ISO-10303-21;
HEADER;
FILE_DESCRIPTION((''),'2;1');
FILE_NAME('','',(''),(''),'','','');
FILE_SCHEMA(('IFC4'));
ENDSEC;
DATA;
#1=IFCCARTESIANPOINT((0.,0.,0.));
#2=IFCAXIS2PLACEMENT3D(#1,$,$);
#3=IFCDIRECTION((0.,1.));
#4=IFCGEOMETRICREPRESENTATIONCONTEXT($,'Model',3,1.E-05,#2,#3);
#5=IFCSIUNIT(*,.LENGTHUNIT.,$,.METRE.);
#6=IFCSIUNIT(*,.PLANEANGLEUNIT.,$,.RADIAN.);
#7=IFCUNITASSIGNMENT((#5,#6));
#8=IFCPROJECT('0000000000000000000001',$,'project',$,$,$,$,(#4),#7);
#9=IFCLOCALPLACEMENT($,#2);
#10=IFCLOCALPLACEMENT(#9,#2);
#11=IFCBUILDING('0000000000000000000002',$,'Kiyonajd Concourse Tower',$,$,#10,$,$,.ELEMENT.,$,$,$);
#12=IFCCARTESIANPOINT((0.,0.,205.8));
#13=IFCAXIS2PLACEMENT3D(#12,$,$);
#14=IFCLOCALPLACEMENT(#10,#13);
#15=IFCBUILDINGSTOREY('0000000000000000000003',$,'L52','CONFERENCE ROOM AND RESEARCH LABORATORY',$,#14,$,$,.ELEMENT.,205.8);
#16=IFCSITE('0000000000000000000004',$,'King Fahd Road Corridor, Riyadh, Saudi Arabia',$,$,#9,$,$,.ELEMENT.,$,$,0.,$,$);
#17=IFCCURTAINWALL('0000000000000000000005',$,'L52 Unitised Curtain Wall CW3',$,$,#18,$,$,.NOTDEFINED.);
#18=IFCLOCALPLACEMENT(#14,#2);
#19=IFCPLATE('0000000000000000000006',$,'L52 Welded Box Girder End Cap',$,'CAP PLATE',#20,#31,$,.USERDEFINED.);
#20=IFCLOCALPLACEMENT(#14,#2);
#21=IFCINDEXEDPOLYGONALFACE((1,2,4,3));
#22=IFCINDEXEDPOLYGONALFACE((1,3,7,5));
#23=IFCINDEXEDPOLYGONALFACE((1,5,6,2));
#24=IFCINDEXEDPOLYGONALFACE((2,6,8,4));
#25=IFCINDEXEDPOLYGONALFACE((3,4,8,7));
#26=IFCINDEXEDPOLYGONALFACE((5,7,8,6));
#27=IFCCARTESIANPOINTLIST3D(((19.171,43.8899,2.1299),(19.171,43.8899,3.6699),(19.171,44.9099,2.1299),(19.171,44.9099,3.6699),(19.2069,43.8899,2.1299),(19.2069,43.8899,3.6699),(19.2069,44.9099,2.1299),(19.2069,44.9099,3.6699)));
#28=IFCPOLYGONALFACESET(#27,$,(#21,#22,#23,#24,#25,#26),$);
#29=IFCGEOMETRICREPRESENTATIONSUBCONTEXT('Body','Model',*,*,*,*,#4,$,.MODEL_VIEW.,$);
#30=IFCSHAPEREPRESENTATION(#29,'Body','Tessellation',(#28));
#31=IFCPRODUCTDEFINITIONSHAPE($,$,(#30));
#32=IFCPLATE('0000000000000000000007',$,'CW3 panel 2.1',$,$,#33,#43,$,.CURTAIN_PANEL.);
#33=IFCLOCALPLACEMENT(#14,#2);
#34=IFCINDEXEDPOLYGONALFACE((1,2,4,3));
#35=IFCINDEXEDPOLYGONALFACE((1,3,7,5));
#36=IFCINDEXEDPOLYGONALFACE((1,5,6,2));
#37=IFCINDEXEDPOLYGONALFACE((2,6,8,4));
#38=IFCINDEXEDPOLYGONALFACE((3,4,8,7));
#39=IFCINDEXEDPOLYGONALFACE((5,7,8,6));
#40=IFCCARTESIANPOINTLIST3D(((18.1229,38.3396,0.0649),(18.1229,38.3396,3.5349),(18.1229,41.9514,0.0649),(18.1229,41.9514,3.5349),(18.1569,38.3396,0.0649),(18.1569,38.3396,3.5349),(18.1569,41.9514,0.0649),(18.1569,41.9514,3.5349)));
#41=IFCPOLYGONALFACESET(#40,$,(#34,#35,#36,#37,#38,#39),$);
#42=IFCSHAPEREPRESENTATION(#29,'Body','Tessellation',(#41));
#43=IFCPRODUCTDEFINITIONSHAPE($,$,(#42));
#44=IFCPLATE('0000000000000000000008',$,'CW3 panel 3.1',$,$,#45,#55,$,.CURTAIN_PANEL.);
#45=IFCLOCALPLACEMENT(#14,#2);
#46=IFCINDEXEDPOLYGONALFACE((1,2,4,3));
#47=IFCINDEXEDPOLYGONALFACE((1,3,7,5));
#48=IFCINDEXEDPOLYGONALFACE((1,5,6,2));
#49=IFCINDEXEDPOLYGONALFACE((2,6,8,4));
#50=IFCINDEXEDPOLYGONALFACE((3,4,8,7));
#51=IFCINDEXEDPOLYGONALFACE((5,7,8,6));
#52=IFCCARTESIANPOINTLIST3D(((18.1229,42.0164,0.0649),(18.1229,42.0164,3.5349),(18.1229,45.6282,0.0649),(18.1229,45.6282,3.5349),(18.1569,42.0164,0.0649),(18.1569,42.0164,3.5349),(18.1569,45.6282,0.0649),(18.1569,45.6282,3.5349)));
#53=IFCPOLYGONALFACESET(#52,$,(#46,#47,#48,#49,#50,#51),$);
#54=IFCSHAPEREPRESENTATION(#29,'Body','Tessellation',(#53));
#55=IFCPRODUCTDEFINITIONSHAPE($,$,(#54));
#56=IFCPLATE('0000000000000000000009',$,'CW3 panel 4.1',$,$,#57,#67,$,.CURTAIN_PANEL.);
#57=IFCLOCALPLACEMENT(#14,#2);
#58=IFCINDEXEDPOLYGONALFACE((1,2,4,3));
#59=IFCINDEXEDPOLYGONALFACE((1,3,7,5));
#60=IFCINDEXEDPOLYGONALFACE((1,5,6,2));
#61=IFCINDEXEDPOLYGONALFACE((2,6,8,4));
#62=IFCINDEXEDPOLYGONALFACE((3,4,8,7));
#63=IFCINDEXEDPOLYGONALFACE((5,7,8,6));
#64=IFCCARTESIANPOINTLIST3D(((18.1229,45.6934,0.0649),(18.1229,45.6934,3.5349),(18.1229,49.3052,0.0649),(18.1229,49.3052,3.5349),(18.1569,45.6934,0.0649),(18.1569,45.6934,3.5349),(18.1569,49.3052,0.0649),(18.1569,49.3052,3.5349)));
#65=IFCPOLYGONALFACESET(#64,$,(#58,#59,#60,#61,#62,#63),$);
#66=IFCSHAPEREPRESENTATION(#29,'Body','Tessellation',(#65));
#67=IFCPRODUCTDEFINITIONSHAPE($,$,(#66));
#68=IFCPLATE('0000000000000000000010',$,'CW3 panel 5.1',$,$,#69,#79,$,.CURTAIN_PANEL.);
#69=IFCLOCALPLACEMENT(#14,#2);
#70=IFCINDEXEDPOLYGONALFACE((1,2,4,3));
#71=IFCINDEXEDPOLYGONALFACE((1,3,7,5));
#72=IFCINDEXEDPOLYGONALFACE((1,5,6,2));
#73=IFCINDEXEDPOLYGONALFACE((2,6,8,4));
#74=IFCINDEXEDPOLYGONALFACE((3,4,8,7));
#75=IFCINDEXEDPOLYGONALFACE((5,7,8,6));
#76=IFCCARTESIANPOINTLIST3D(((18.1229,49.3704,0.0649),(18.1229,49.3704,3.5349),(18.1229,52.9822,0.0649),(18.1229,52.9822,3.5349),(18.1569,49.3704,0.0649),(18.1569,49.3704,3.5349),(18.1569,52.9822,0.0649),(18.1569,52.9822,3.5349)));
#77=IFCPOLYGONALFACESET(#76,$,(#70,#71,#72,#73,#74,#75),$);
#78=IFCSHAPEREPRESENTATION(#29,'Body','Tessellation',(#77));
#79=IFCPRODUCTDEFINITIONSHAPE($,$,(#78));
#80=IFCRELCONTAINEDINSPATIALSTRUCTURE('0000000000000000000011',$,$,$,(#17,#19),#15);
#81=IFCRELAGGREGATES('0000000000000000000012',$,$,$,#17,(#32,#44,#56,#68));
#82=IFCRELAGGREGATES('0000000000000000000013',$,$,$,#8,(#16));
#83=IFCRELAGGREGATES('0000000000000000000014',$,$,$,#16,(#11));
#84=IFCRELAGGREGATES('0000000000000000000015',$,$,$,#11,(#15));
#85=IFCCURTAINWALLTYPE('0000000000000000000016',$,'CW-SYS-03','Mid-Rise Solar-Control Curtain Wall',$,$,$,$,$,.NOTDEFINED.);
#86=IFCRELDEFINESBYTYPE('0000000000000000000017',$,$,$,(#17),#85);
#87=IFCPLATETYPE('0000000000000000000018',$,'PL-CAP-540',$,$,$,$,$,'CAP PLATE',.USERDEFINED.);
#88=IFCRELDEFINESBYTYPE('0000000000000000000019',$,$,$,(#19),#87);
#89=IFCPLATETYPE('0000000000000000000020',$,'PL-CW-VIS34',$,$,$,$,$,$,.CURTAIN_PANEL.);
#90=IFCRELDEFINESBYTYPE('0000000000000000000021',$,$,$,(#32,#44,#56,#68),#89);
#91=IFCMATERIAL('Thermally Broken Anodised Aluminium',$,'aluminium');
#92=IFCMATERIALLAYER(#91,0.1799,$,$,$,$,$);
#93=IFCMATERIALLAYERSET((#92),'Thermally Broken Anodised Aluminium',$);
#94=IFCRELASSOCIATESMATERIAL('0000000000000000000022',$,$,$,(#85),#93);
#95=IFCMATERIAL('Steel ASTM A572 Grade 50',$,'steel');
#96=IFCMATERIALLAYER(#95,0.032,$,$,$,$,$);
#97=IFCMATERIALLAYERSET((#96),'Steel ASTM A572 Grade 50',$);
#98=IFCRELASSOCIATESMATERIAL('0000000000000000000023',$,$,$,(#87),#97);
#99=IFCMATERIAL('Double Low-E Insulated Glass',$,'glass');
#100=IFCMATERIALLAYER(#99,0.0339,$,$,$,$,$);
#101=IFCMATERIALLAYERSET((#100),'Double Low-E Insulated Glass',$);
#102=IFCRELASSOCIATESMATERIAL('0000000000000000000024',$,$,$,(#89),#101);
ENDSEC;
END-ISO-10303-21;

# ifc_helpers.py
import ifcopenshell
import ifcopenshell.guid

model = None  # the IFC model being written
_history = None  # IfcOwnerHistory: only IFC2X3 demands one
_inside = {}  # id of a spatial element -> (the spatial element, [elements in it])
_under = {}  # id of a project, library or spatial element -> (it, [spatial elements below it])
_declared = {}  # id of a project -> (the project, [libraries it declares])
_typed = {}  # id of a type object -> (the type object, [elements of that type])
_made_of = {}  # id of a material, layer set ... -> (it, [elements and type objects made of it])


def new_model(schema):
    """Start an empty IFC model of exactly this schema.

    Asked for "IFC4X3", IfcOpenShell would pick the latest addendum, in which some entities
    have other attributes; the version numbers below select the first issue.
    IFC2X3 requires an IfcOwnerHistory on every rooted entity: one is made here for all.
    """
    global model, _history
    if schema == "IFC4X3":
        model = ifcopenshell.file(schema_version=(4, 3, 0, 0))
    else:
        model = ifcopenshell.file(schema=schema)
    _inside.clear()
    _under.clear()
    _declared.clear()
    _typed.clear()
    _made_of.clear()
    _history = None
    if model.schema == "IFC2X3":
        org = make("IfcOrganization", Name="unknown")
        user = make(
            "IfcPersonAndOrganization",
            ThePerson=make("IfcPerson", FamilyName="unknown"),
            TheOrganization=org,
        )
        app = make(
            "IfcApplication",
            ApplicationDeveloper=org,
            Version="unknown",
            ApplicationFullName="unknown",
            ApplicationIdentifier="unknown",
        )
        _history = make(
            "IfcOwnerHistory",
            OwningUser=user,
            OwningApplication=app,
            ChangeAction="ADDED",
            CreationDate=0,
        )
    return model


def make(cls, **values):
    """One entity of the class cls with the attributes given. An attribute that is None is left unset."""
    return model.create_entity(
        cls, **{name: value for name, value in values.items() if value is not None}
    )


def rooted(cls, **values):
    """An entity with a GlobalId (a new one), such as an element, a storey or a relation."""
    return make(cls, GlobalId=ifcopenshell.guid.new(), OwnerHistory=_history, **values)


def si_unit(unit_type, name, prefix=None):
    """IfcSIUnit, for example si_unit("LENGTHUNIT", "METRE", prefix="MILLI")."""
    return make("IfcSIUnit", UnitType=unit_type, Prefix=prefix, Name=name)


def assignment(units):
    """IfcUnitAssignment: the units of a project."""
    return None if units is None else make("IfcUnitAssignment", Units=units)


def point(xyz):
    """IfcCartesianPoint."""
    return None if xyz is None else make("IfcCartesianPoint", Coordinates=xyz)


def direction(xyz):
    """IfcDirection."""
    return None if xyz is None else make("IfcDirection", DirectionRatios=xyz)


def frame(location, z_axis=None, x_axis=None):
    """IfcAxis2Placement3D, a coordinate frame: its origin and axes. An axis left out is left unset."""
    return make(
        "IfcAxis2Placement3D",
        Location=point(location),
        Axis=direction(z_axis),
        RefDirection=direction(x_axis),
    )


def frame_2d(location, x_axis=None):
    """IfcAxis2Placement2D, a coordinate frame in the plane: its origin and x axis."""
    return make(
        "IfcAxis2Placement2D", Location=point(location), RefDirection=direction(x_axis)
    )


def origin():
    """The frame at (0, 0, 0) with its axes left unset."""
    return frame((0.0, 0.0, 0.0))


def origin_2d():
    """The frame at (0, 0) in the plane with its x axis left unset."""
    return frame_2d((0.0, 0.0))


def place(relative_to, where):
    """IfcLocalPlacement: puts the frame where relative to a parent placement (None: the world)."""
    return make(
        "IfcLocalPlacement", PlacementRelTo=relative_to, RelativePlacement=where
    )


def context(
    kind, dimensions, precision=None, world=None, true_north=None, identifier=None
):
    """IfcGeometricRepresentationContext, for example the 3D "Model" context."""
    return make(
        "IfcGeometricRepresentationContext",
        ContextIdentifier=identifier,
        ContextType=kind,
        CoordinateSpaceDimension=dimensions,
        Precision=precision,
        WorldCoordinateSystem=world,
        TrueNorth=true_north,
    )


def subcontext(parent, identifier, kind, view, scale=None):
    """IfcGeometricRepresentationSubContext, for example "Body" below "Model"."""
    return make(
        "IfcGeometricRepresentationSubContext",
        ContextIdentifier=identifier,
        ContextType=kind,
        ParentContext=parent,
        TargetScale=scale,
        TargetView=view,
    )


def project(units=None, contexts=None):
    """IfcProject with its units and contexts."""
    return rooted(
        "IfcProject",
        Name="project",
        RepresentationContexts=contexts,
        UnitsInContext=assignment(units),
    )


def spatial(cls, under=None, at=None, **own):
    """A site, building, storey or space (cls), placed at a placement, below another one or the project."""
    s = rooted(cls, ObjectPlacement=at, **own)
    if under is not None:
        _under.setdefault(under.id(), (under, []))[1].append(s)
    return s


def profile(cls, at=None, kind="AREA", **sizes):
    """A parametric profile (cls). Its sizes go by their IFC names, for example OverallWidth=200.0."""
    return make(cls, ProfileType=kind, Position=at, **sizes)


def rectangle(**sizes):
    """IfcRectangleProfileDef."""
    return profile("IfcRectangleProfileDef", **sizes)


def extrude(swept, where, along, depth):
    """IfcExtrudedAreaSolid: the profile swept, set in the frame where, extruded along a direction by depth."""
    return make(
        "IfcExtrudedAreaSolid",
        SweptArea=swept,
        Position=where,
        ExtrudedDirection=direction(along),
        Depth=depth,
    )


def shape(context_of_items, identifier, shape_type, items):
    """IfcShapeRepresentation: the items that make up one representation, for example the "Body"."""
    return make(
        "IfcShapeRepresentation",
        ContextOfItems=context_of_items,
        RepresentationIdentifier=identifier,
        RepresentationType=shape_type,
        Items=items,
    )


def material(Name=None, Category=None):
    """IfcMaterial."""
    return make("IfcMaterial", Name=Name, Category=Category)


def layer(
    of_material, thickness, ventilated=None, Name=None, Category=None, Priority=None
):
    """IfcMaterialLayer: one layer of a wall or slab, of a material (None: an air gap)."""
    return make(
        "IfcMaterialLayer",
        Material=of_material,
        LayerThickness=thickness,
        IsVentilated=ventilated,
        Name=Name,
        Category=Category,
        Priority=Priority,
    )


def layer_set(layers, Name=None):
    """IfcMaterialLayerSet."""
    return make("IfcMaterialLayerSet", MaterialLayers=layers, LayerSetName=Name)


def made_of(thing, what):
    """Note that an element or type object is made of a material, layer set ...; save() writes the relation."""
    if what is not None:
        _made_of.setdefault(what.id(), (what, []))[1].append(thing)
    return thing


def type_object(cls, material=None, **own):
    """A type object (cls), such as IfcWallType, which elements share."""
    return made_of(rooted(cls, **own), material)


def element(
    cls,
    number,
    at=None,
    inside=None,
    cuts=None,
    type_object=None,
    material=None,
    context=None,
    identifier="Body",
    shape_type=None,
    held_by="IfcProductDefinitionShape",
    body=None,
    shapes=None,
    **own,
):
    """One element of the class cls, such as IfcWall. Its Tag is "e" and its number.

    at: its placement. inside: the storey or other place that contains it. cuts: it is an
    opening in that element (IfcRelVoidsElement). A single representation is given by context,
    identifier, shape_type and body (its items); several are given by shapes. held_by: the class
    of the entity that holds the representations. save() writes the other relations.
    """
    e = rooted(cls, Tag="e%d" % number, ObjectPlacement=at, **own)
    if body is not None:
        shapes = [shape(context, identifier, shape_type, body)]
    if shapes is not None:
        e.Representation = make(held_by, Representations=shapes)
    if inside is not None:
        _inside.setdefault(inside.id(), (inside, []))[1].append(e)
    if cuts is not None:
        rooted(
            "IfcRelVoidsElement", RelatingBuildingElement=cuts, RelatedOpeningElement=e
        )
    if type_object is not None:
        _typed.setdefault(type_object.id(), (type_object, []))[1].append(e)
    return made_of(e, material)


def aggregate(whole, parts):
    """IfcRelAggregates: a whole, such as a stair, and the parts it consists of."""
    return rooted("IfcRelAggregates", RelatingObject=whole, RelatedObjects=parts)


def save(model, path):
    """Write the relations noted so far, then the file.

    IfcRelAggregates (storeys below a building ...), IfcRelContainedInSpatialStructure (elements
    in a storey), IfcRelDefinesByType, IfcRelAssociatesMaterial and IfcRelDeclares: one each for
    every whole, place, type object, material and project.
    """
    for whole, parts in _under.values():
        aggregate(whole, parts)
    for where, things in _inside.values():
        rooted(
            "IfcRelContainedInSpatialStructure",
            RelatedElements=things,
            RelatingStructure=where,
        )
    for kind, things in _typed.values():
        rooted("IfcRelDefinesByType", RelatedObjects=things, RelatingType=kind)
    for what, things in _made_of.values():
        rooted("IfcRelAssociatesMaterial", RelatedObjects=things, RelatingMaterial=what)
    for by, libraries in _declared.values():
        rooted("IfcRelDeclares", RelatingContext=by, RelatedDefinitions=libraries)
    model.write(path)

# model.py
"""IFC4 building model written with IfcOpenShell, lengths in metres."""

from ifc_helpers import new_model, si_unit, direction, frame, origin, origin_2d, place, context, subcontext, project, spatial, rectangle, extrude, material, layer, layer_set, type_object, element, aggregate, save


model = new_model("IFC4")

# Units and contexts
model_context = context("Model", 3, precision=1e-05, world=origin(), true_north=direction((0.0, 1.0)))
body_context = subcontext(model_context, "Body", "Model", "MODEL_VIEW")
ifc_project = project(units=[si_unit("LENGTHUNIT", "METRE"), si_unit("PLANEANGLEUNIT", "RADIAN")], contexts=[model_context])

# Site, building, storey
site_placement = place(None, origin())
site = spatial("IfcSite", under=ifc_project, at=site_placement, Name="King Fahd Road Corridor, Riyadh, Saudi Arabia", CompositionType="ELEMENT", RefElevation=0.0)
building_placement = place(site_placement, origin())
building = spatial("IfcBuilding", under=site, at=building_placement, Name="Kiyonajd Concourse Tower", CompositionType="ELEMENT")
storey_placement = place(building_placement, frame((0.0, 0.0, 205.8)))
storey = spatial("IfcBuildingStorey", under=building, at=storey_placement, Name="L52", Description="CONFERENCE ROOM AND RESEARCH LABORATORY", CompositionType="ELEMENT", Elevation=205.8)

# Shared definitions
ifc_material_1 = material(Name="Steel ASTM A572 Grade 50", Category="steel")

# Curtain wall
ifc_material_2 = material(Name="Thermally Broken Anodised Aluminium", Category="aluminium")
ifc_layer_1 = layer(ifc_material_2, 0.1799)
ifc_layer_set_1 = layer_set([ifc_layer_1], Name="Thermally Broken Anodised Aluminium")
curtain_wall_type = type_object("IfcCurtainWallType", Name="CW-SYS-03", Description="Mid-Rise Solar-Control Curtain Wall", PredefinedType="NOTDEFINED", material=ifc_layer_set_1)
curtain_wall_placement = place(storey_placement, origin())
curtain_wall = element("IfcCurtainWall", 1, at=curtain_wall_placement, inside=storey, type_object=curtain_wall_type, Name="L52 Unitised Curtain Wall CW3", PredefinedType="NOTDEFINED")

# Plate
ifc_layer_2 = layer(ifc_material_1, 0.032)
ifc_layer_set_2 = layer_set([ifc_layer_2], Name="Steel ASTM A572 Grade 50")
plate_type_1 = type_object("IfcPlateType", Name="PL-CAP-540", ElementType="CAP PLATE", PredefinedType="USERDEFINED", material=ifc_layer_set_2)
plate_1_placement = place(storey_placement, frame((19.189, 44.3999, 2.1299), z_axis=(0.0, 0.0, 1.0), x_axis=(-1.0, 0.0, 0.0)))
element("IfcPlate", 2, at=plate_1_placement, inside=storey, type_object=plate_type_1, Name="L52 Welded Box Girder End Cap", ObjectType="CAP PLATE", PredefinedType="USERDEFINED", context=body_context, shape_type="SweptSolid", body=[
    extrude(rectangle(XDim=0.0359, YDim=1.02, at=origin_2d()), origin(), (0.0, 0.0, 1.0), 1.54),
])

# Plates
ifc_material_3 = material(Name="Double Low-E Insulated Glass", Category="glass")
ifc_layer_3 = layer(ifc_material_3, 0.0339)
ifc_layer_set_3 = layer_set([ifc_layer_3], Name="Double Low-E Insulated Glass")
plate_type_2 = type_object("IfcPlateType", Name="PL-CW-VIS34", PredefinedType="CURTAIN_PANEL", material=ifc_layer_set_3)
plate_2_placement = place(storey_placement, frame((18.1399, 40.1455, 0.0649), z_axis=(0.0, 0.0, 1.0), x_axis=(0.0, 1.0, 0.0)))
plate_2 = element("IfcPlate", 3, at=plate_2_placement, type_object=plate_type_2, Name="CW3 panel 2.1", PredefinedType="CURTAIN_PANEL", context=body_context, shape_type="SweptSolid", body=[
    extrude(rectangle(XDim=3.6118, YDim=0.0339, at=origin_2d()), origin(), (0.0, 0.0, 1.0), 3.47),
])
plate_3_placement = place(storey_placement, frame((18.1399, 43.8223, 0.0649), z_axis=(0.0, 0.0, 1.0), x_axis=(0.0, 1.0, 0.0)))
plate_3 = element("IfcPlate", 4, at=plate_3_placement, type_object=plate_type_2, Name="CW3 panel 3.1", PredefinedType="CURTAIN_PANEL", context=body_context, shape_type="SweptSolid", body=[
    extrude(rectangle(XDim=3.6118, YDim=0.0339, at=origin_2d()), origin(), (0.0, 0.0, 1.0), 3.47),
])
plate_4_placement = place(storey_placement, frame((18.1399, 47.4993, 0.0649), z_axis=(0.0, 0.0, 1.0), x_axis=(0.0, 1.0, 0.0)))
plate_4 = element("IfcPlate", 5, at=plate_4_placement, type_object=plate_type_2, Name="CW3 panel 4.1", PredefinedType="CURTAIN_PANEL", context=body_context, shape_type="SweptSolid", body=[
    extrude(rectangle(XDim=3.6118, YDim=0.0339, at=origin_2d()), origin(), (0.0, 0.0, 1.0), 3.47),
])
plate_5_placement = place(storey_placement, frame((18.1399, 51.1763, 0.0649), z_axis=(0.0, 0.0, 1.0), x_axis=(0.0, 1.0, 0.0)))
plate_5 = element("IfcPlate", 6, at=plate_5_placement, type_object=plate_type_2, Name="CW3 panel 5.1", PredefinedType="CURTAIN_PANEL", context=body_context, shape_type="SweptSolid", body=[
    extrude(rectangle(XDim=3.6118, YDim=0.0339, at=origin_2d()), origin(), (0.0, 0.0, 1.0), 3.47),
])
aggregate(curtain_wall, [plate_2, plate_3, plate_4, plate_5])

save(model, "model.ifc")
